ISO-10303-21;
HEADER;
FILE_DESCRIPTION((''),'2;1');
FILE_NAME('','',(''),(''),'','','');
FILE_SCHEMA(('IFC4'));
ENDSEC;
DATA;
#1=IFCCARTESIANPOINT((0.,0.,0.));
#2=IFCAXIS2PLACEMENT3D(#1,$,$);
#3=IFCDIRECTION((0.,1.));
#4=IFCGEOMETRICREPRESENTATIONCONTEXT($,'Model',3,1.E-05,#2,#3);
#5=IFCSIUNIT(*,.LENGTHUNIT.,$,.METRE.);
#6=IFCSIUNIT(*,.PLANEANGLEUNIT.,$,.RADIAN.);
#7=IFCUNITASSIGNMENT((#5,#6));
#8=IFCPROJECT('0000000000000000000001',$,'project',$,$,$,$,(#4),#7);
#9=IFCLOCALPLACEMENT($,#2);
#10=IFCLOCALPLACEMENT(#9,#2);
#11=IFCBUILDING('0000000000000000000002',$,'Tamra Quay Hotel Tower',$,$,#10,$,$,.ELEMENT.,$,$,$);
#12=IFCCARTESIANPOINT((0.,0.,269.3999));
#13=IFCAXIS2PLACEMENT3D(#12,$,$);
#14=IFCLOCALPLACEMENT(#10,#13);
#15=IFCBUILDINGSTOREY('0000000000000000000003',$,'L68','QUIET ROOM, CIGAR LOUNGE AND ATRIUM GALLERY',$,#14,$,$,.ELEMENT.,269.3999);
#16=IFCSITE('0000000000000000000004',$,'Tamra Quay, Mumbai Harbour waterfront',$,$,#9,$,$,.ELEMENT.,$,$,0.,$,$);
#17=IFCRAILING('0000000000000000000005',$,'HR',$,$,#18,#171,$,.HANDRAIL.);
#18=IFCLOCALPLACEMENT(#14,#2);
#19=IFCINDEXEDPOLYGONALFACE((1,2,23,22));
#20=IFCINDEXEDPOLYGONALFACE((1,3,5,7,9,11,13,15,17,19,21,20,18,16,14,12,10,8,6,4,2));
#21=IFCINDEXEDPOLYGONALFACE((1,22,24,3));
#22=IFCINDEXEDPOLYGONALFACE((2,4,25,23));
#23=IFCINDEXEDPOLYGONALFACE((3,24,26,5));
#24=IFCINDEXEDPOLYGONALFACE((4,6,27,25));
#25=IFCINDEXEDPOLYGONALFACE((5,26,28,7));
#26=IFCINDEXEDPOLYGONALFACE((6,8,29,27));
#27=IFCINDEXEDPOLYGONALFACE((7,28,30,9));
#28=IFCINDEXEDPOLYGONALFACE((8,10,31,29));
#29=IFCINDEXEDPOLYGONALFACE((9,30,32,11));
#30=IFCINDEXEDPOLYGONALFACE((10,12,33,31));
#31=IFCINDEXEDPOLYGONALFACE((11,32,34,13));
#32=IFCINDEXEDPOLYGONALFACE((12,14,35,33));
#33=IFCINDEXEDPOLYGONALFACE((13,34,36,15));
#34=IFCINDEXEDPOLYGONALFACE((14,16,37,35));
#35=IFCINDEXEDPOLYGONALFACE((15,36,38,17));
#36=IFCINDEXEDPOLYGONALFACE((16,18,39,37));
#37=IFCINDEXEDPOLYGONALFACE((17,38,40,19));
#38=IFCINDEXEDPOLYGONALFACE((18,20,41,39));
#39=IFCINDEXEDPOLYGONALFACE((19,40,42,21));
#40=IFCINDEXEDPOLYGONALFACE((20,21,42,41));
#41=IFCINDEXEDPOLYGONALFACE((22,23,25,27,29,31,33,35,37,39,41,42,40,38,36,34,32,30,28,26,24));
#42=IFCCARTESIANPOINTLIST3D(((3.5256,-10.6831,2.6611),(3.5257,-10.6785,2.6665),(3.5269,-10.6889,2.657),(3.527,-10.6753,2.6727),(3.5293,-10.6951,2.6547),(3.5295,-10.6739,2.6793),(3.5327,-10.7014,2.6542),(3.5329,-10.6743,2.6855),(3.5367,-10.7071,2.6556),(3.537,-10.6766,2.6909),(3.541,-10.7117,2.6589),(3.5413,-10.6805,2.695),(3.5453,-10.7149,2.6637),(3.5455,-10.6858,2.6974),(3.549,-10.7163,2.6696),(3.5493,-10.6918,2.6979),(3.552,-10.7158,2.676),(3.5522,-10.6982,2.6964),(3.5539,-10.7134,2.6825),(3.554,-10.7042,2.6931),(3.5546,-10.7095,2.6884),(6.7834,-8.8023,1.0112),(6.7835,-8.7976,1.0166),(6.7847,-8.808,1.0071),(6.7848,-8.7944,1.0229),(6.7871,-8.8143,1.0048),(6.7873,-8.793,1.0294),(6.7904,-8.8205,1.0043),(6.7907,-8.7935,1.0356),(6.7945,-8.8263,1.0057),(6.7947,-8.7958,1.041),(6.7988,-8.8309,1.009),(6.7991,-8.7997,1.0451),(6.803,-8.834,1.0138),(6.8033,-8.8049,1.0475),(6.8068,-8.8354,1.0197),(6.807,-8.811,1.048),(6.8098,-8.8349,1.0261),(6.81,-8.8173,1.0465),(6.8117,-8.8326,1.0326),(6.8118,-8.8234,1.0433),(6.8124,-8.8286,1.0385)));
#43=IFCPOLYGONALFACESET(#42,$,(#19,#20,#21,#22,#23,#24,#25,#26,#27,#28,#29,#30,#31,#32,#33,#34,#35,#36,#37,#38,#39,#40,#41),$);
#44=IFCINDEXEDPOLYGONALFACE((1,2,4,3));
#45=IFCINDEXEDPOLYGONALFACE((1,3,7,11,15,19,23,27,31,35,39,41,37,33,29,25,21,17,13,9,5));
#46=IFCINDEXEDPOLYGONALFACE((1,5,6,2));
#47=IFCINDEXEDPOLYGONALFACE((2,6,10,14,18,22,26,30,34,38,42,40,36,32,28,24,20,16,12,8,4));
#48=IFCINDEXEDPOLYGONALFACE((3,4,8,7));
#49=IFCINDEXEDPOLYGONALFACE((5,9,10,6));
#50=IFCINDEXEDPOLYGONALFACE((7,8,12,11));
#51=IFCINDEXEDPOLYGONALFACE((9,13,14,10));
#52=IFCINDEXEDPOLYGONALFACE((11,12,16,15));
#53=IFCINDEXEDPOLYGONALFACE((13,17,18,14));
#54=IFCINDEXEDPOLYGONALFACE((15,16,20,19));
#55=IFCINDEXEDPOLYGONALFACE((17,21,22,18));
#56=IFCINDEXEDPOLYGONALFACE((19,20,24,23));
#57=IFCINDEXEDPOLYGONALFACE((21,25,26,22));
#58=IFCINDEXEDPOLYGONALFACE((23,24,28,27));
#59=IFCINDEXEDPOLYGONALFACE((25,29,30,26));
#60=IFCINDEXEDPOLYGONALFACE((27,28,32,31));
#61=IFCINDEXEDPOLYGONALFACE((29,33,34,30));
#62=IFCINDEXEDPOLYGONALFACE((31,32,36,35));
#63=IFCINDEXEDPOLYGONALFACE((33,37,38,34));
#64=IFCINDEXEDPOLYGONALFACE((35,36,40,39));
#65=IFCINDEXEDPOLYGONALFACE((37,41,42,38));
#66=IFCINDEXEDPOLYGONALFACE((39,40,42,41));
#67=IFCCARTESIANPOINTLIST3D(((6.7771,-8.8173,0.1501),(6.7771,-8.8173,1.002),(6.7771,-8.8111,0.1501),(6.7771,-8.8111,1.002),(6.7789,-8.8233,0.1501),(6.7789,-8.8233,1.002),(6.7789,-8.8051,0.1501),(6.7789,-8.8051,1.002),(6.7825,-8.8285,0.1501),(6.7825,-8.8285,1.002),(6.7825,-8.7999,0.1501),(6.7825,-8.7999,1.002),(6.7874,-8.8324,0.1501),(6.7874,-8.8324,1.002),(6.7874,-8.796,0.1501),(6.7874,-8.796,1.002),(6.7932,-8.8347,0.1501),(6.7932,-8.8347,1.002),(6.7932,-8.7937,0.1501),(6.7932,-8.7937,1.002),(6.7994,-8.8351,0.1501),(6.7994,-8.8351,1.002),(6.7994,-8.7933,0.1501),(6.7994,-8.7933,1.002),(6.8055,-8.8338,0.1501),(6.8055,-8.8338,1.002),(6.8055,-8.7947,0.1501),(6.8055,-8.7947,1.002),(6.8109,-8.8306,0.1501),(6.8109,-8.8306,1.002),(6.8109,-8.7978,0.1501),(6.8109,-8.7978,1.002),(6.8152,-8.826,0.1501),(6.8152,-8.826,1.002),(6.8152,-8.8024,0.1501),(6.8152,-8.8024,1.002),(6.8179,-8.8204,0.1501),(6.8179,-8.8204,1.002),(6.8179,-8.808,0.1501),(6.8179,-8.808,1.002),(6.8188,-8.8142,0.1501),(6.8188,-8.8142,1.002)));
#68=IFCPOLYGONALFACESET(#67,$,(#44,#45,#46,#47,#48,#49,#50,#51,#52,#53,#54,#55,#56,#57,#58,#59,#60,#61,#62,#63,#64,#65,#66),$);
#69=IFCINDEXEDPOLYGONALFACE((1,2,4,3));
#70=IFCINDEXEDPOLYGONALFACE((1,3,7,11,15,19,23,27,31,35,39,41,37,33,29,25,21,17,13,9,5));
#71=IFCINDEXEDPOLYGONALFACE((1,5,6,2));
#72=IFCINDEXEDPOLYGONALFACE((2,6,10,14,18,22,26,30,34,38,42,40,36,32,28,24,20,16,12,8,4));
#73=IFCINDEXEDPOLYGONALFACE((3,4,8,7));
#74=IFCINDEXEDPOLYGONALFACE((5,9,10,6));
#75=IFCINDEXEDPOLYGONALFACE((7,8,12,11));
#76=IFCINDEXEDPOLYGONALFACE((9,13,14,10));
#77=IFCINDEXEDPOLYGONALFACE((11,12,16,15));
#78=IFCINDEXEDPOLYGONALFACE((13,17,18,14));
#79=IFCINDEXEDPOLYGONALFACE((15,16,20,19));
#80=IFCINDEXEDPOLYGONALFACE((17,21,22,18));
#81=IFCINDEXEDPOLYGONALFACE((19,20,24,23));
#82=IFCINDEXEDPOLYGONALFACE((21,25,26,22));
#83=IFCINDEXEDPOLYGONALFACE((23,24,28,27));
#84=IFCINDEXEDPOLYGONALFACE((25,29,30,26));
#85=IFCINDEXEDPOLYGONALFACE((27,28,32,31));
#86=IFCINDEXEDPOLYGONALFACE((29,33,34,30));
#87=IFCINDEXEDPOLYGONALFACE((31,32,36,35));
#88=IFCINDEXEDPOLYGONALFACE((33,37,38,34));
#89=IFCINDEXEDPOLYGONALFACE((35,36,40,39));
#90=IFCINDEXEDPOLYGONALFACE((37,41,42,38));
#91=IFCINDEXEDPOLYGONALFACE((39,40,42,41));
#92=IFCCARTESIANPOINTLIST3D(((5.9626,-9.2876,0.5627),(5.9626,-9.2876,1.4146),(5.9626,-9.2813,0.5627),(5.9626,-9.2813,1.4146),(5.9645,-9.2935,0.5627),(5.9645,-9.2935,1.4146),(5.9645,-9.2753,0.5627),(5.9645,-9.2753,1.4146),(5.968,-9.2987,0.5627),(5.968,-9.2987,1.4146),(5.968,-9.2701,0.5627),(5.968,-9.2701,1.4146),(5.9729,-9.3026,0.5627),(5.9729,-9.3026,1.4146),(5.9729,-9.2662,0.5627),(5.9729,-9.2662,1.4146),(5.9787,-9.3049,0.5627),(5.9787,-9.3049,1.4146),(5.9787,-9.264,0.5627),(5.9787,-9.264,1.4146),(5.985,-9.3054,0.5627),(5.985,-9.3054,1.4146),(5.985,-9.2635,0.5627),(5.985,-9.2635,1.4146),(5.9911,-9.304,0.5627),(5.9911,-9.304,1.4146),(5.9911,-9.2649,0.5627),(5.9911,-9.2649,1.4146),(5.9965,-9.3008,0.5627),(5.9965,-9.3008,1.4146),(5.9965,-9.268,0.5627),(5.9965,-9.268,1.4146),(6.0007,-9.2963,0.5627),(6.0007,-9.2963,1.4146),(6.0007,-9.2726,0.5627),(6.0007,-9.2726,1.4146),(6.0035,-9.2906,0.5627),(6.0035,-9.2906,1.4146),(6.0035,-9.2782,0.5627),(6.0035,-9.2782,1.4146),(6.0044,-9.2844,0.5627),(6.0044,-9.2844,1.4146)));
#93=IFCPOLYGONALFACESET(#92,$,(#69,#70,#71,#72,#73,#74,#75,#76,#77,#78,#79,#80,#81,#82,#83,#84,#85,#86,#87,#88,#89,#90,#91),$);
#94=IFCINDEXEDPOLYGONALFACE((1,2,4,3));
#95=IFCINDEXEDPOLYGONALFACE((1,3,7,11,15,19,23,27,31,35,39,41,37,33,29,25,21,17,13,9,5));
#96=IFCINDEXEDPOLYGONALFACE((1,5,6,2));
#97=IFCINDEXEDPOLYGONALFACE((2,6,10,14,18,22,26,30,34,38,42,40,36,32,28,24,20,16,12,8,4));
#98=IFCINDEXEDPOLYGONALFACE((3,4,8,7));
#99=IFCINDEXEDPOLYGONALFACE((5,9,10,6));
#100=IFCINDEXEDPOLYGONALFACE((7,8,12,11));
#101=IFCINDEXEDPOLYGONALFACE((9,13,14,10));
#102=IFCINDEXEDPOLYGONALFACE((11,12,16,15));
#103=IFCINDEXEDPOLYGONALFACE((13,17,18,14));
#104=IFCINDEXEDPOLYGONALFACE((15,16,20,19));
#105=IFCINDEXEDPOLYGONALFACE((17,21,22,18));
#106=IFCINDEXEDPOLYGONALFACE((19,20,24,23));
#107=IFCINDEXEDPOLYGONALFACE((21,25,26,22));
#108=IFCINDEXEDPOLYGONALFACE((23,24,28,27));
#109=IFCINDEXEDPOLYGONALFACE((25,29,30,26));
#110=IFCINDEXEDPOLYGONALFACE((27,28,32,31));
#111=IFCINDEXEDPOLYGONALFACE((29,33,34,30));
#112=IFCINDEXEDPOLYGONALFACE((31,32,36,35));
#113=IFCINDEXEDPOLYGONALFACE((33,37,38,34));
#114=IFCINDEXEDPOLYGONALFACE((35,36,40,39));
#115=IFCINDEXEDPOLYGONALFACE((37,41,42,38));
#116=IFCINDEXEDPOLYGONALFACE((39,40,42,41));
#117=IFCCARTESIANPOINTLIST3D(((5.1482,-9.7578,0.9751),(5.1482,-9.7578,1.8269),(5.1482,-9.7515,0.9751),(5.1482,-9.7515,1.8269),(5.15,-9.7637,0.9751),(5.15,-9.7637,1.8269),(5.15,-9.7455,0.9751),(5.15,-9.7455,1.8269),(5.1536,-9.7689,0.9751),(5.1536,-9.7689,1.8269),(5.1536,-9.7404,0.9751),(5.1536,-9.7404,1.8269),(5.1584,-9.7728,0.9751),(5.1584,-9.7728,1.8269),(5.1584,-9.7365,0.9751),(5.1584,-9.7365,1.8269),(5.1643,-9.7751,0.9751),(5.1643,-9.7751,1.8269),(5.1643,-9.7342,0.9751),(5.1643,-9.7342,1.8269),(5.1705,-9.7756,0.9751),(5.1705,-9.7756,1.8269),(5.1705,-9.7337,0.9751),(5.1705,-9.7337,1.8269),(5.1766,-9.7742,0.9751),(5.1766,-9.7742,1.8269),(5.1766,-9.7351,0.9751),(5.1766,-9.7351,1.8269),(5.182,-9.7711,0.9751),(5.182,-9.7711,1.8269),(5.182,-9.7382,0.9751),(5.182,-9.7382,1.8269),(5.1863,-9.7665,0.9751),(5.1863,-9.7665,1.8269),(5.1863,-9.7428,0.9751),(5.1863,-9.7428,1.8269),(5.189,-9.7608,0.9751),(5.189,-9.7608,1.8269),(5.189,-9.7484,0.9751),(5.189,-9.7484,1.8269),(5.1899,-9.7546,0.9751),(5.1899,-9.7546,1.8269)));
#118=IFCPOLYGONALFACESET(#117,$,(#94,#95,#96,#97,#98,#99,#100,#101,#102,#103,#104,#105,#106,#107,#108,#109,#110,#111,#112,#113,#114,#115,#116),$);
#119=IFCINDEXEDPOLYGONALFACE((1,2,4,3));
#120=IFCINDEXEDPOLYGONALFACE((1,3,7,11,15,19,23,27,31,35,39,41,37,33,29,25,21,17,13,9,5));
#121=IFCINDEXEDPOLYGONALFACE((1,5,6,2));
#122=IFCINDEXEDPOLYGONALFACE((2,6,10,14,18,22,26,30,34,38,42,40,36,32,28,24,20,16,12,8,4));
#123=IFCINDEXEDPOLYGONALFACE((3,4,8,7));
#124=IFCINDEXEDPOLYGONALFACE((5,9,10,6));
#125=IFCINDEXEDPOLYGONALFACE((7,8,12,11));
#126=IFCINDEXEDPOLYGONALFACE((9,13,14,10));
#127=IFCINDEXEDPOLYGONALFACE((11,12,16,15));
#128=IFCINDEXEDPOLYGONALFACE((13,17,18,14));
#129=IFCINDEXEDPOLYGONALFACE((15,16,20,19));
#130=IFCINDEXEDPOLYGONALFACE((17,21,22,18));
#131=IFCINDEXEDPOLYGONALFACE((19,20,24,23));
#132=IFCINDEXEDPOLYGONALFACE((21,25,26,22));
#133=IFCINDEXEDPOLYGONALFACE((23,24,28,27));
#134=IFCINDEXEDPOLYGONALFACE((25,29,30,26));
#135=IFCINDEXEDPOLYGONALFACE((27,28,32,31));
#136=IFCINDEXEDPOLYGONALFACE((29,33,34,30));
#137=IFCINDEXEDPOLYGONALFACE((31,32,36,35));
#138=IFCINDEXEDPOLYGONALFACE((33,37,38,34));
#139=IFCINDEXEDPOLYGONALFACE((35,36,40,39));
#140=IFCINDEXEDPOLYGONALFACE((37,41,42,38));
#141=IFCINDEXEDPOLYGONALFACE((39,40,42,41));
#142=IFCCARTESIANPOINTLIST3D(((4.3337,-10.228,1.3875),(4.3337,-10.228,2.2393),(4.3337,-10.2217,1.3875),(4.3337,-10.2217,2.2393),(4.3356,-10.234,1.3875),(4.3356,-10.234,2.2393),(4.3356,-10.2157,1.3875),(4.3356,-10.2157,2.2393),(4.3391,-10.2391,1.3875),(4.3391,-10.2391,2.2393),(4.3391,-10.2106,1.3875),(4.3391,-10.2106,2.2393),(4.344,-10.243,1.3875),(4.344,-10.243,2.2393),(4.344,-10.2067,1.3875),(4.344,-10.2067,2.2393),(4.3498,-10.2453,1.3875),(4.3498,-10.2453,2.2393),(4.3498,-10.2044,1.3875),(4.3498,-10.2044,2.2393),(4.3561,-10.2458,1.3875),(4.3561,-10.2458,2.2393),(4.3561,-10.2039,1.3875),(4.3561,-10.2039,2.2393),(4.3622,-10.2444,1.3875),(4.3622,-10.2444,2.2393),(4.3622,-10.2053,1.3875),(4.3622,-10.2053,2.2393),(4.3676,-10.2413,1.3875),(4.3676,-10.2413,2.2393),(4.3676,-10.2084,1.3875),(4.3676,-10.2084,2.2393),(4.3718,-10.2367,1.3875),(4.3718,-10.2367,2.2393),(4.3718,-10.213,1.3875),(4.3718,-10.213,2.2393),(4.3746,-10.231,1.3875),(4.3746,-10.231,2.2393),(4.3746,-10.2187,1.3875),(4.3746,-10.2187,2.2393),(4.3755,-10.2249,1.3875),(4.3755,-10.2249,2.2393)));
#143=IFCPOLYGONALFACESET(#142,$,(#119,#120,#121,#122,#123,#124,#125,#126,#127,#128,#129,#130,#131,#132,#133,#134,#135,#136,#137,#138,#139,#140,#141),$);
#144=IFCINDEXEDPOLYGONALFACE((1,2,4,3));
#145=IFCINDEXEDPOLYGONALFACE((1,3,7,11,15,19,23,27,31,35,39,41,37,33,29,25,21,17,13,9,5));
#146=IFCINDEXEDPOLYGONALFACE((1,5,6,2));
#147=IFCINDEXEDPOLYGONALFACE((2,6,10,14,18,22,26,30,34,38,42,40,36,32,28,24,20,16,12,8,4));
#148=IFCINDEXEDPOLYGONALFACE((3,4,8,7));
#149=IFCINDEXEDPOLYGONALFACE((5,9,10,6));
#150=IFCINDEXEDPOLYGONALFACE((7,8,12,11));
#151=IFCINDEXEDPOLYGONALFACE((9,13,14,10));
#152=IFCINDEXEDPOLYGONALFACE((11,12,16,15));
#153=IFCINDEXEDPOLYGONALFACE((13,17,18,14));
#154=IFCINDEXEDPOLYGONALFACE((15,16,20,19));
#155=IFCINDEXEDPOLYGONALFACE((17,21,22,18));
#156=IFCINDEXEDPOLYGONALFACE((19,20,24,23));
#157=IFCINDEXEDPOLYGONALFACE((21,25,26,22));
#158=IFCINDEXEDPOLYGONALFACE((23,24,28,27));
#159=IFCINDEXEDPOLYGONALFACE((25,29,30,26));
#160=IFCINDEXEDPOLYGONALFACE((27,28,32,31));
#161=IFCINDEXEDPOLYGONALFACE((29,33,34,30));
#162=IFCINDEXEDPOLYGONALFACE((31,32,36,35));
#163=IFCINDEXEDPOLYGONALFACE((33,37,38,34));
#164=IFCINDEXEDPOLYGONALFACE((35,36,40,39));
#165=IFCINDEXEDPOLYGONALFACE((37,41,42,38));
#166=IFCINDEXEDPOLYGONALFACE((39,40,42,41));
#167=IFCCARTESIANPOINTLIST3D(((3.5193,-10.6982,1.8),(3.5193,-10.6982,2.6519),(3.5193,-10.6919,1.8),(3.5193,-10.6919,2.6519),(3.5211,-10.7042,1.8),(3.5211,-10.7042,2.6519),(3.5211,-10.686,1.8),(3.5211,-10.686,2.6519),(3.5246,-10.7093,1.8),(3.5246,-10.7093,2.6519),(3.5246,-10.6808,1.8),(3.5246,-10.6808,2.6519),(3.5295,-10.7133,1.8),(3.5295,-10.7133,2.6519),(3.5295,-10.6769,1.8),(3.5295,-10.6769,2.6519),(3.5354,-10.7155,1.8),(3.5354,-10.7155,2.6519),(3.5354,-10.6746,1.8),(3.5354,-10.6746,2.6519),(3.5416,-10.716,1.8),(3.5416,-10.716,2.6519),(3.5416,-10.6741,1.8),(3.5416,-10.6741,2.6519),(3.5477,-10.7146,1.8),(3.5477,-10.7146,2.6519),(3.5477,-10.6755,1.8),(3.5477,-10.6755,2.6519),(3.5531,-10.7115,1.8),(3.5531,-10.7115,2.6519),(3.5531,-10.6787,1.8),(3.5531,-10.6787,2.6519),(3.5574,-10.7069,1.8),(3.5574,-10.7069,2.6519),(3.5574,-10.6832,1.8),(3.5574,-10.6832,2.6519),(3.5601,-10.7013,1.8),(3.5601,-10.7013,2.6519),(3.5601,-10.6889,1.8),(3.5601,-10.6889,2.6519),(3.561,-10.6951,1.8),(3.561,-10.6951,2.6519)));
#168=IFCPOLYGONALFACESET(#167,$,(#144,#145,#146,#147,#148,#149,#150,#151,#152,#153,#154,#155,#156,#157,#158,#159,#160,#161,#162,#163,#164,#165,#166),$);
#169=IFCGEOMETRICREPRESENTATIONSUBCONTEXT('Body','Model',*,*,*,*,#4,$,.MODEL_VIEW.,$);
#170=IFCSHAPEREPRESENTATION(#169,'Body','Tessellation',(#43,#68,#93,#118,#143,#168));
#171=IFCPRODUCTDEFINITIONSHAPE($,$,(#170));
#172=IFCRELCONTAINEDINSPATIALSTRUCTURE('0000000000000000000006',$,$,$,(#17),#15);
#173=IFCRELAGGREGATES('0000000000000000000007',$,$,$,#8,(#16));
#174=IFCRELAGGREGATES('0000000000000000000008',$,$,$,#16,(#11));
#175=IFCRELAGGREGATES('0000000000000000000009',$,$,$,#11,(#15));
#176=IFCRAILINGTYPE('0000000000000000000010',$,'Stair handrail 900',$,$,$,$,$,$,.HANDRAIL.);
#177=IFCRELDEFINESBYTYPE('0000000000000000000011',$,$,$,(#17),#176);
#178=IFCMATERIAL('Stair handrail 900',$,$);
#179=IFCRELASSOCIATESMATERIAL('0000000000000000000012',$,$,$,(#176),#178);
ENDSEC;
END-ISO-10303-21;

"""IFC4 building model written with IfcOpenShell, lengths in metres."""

from ifc_helpers import new_model, si_unit, direction, frame, origin, origin_2d, place, context, subcontext, project, spatial, circle, extrude, material, type_object, element, save


model = new_model("IFC4")

# Units and contexts
model_context = context("Model", 3, precision=1e-05, world=origin(), true_north=direction((0.0, 1.0)))
body_context = subcontext(model_context, "Body", "Model", "MODEL_VIEW")
ifc_project = project(units=[si_unit("LENGTHUNIT", "METRE"), si_unit("PLANEANGLEUNIT", "RADIAN")], contexts=[model_context])

# Site, building, storey
site_placement = place(None, origin())
site = spatial("IfcSite", under=ifc_project, at=site_placement, Name="Tamra Quay, Mumbai Harbour waterfront", CompositionType="ELEMENT", RefElevation=0.0)
building_placement = place(site_placement, origin())
building = spatial("IfcBuilding", under=site, at=building_placement, Name="Tamra Quay Hotel Tower", CompositionType="ELEMENT")
storey_placement = place(building_placement, frame((0.0, 0.0, 269.3999)))
storey = spatial("IfcBuildingStorey", under=building, at=storey_placement, Name="L68", Description="QUIET ROOM, CIGAR LOUNGE AND ATRIUM GALLERY", CompositionType="ELEMENT", Elevation=269.3999)

# Railing
ifc_material_1 = material(Name="Stair handrail 900")
railing_type_1 = type_object("IfcRailingType", Name="Stair handrail 900", PredefinedType="HANDRAIL", material=ifc_material_1)
railing_1_placement = place(storey_placement, frame((6.7979, -8.8142, 0.1501)))
element("IfcRailing", 1, at=railing_1_placement, inside=storey, type_object=railing_type_1, Name="HR", PredefinedType="HANDRAIL", context=body_context, shape_type="SweptSolid", body=[
    extrude(circle(Radius=0.0239, at=origin_2d()), frame((0.0, 0.0, 0.876), z_axis=(-0.7931, -0.457887, 0.401661), x_axis=(0.499992, -0.86603, 0.0)), (0.0, 0.0, 1.0), 4.1077),
    extrude(circle(Radius=0.021, at=origin_2d()), origin(), (0.0, 0.0, 1.0), 0.8518),
    extrude(circle(Radius=0.021, at=origin_2d()), frame((-0.8145, -0.4702, 0.4126)), (0.0, 0.0, 1.0), 0.8518),
    extrude(circle(Radius=0.021, at=origin_2d()), frame((-1.6289, -0.9404, 0.825)), (0.0, 0.0, 1.0), 0.8518),
    extrude(circle(Radius=0.021, at=origin_2d()), frame((-2.4434, -1.4106, 1.2373)), (0.0, 0.0, 1.0), 0.8518),
    extrude(circle(Radius=0.021, at=origin_2d()), frame((-3.2578, -1.8809, 1.6499)), (0.0, 0.0, 1.0), 0.8518),
])

save(model, "model.ifc")
